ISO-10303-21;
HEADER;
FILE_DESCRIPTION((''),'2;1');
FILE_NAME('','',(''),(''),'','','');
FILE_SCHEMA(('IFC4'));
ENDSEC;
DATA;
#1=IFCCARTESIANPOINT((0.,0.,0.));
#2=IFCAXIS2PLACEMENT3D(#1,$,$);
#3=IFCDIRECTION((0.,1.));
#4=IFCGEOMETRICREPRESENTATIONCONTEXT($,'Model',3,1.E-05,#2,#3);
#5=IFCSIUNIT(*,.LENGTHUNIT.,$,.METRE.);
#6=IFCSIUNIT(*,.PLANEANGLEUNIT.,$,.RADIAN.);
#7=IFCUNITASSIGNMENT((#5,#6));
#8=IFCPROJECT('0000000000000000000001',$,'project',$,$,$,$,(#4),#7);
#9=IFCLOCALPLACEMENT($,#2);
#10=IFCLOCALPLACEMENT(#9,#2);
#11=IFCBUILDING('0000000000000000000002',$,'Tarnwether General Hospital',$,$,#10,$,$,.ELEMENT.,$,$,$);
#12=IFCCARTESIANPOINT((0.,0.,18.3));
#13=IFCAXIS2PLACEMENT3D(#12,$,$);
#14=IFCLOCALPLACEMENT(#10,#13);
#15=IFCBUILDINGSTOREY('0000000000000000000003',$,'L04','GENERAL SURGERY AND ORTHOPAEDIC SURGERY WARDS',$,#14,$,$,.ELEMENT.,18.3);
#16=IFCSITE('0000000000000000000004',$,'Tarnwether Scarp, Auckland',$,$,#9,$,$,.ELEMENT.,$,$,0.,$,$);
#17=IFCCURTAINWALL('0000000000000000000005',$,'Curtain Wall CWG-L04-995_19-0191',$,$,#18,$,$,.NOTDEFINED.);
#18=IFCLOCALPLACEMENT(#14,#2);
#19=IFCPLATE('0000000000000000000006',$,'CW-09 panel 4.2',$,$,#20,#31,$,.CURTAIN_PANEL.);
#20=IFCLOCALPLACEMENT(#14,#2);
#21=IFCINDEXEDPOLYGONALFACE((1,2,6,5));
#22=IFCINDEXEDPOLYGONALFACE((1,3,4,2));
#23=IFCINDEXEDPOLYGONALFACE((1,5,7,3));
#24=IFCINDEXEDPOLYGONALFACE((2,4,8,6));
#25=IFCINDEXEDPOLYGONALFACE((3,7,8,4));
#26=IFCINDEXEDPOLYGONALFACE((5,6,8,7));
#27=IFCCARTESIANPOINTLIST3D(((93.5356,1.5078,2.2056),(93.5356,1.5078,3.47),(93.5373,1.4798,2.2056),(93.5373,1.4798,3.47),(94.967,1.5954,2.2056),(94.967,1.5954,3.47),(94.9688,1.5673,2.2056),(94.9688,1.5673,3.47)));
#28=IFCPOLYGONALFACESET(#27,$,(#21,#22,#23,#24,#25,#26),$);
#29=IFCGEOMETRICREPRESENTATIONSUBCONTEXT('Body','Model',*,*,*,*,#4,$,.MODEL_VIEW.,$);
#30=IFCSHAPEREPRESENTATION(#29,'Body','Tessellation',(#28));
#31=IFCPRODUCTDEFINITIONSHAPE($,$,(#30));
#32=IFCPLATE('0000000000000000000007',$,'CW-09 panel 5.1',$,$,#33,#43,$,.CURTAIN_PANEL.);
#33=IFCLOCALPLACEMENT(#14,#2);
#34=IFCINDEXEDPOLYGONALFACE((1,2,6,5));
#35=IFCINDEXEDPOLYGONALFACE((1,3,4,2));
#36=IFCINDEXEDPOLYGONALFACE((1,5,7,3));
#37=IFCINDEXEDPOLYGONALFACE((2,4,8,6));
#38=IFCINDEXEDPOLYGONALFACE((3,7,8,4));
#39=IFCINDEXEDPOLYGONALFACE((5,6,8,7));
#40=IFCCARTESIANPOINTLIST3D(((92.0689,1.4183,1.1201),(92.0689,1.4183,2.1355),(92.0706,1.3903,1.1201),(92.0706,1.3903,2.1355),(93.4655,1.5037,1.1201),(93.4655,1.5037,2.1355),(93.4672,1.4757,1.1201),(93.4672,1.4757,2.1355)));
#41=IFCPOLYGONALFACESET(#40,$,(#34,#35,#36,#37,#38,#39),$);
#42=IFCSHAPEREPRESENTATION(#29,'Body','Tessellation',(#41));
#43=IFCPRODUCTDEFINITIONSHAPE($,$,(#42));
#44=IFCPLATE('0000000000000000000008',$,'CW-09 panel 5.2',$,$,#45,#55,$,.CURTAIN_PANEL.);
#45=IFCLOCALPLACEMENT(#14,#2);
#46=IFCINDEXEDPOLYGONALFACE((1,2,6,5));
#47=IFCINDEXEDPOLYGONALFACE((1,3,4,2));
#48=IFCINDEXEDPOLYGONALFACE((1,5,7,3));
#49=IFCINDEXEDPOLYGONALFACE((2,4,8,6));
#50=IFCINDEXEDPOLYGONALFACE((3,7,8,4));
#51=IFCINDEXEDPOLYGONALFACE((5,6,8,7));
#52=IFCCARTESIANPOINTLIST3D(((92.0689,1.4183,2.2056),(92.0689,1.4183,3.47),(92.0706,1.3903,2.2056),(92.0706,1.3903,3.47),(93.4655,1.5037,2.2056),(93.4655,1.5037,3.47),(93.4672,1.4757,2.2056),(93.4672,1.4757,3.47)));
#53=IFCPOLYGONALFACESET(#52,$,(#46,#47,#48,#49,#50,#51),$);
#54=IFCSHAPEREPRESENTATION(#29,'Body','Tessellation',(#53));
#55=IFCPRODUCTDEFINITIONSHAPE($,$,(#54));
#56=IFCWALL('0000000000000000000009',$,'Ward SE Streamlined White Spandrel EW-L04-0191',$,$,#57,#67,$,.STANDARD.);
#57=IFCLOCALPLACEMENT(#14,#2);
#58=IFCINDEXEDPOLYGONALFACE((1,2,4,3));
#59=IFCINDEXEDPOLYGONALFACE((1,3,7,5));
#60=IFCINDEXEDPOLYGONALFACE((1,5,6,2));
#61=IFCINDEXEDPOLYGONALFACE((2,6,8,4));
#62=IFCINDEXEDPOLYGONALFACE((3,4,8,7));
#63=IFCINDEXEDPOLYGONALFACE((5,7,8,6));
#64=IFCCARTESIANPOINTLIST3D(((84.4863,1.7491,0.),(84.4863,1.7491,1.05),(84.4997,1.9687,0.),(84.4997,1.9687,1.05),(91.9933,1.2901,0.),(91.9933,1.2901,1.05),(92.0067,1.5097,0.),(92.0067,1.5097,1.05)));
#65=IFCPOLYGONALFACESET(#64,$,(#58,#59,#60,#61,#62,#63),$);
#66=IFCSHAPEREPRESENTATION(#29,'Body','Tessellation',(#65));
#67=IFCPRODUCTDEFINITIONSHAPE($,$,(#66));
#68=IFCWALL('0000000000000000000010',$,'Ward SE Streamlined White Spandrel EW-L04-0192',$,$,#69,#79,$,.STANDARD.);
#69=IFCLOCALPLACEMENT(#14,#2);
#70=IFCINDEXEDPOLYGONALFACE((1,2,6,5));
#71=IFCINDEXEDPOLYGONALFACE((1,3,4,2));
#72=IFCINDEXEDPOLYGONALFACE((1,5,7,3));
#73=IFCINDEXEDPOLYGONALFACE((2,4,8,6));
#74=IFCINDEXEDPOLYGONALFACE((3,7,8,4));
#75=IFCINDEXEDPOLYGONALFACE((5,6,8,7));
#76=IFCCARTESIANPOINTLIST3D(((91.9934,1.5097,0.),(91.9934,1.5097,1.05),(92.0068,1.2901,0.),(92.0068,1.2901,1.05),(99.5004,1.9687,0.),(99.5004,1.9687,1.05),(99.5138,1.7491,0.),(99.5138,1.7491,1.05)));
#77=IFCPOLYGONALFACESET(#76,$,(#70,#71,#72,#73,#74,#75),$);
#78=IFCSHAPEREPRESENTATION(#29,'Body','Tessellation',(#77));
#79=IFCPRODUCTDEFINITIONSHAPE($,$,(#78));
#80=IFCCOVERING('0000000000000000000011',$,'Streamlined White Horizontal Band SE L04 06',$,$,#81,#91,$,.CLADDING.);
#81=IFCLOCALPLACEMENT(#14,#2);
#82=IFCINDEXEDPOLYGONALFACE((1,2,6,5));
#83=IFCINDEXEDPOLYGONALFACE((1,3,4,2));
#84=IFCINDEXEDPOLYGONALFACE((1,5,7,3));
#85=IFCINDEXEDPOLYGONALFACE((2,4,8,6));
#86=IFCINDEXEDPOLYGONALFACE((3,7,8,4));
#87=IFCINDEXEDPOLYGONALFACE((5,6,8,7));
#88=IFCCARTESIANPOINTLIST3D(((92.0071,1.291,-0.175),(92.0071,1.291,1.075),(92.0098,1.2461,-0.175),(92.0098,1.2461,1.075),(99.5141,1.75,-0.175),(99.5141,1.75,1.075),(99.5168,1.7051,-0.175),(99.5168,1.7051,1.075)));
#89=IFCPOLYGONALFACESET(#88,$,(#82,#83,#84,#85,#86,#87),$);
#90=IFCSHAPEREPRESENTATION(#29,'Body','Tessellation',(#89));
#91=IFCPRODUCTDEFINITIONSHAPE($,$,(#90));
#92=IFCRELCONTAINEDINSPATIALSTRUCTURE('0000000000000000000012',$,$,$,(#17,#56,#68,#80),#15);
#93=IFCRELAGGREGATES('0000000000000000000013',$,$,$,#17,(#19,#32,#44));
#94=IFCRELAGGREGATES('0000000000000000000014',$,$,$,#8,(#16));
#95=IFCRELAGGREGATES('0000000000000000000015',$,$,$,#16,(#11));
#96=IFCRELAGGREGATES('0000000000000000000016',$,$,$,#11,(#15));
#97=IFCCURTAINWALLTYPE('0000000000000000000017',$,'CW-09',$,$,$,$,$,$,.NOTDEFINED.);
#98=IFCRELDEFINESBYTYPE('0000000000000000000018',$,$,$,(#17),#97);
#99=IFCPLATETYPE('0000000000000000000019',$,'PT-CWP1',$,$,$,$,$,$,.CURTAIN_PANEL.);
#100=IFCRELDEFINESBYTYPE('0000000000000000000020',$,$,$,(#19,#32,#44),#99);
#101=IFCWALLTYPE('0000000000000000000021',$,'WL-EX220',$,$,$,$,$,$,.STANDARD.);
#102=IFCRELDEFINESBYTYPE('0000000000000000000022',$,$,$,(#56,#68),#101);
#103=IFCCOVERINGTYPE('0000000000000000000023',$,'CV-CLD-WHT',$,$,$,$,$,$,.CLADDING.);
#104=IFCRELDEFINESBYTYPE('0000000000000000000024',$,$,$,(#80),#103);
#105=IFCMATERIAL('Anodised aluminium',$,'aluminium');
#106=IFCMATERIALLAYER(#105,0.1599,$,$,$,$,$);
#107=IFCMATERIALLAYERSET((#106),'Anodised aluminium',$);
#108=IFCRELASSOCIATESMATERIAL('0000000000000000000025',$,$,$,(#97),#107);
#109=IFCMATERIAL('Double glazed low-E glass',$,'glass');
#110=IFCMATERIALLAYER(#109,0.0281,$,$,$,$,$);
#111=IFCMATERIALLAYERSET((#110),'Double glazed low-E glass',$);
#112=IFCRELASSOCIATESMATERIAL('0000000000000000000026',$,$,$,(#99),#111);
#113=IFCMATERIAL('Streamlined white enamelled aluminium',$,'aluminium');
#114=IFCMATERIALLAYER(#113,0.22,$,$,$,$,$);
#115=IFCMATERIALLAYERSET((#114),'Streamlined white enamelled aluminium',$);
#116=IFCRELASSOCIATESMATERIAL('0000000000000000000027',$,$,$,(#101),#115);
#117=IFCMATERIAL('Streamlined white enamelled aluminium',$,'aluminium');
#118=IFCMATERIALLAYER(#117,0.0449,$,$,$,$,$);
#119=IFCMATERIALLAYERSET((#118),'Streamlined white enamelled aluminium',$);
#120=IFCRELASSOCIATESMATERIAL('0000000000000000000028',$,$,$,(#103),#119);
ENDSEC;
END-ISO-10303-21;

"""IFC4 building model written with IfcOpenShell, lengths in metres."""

from ifc_helpers import new_model, si_unit, direction, frame, frame_2d, origin, origin_2d, place, context, subcontext, project, spatial, rectangle, extrude, material, layer, layer_set, type_object, element, aggregate, save


model = new_model("IFC4")

# Units and contexts
model_context = context("Model", 3, precision=1e-05, world=origin(), true_north=direction((0.0, 1.0)))
body_context = subcontext(model_context, "Body", "Model", "MODEL_VIEW")
ifc_project = project(units=[si_unit("LENGTHUNIT", "METRE"), si_unit("PLANEANGLEUNIT", "RADIAN")], contexts=[model_context])

# Site, building, storey
site_placement = place(None, origin())
site = spatial("IfcSite", under=ifc_project, at=site_placement, Name="Tarnwether Scarp, Auckland", CompositionType="ELEMENT", RefElevation=0.0)
building_placement = place(site_placement, origin())
building = spatial("IfcBuilding", under=site, at=building_placement, Name="Tarnwether General Hospital", CompositionType="ELEMENT")
storey_placement = place(building_placement, frame((0.0, 0.0, 18.3)))
storey = spatial("IfcBuildingStorey", under=building, at=storey_placement, Name="L04", Description="GENERAL SURGERY AND ORTHOPAEDIC SURGERY WARDS", CompositionType="ELEMENT", Elevation=18.3)

# Curtain wall, plates
ifc_material_1 = material(Name="Anodised aluminium", Category="aluminium")
ifc_layer_1 = layer(ifc_material_1, 0.1599)
ifc_layer_set_1 = layer_set([ifc_layer_1], Name="Anodised aluminium")
curtain_wall_type = type_object("IfcCurtainWallType", Name="CW-09", PredefinedType="NOTDEFINED", material=ifc_layer_set_1)
curtain_wall_placement = place(storey_placement, origin())
curtain_wall = element("IfcCurtainWall", 1, at=curtain_wall_placement, inside=storey, type_object=curtain_wall_type, Name="Curtain Wall CWG-L04-995_19-0191", PredefinedType="NOTDEFINED")
ifc_material_2 = material(Name="Double glazed low-E glass", Category="glass")
ifc_layer_2 = layer(ifc_material_2, 0.0281)
ifc_layer_set_2 = layer_set([ifc_layer_2], Name="Double glazed low-E glass")
plate_type = type_object("IfcPlateType", Name="PT-CWP1", PredefinedType="CURTAIN_PANEL", material=ifc_layer_set_2)
plate_1_placement = place(storey_placement, frame((94.2522, 1.5376, 2.2056), z_axis=(0.0, 0.0, 1.0), x_axis=(-0.998136, -0.061029, 0.0)))
plate_1 = element("IfcPlate", 2, at=plate_1_placement, type_object=plate_type, Name="CW-09 panel 4.2", PredefinedType="CURTAIN_PANEL", context=body_context, shape_type="SweptSolid", body=[
    extrude(rectangle(XDim=1.4341, YDim=0.0281, at=origin_2d()), origin(), (0.0, 0.0, 1.0), 1.2644),
])
plate_2_placement = place(storey_placement, frame((92.7681, 1.447, 1.1201), z_axis=(0.0, 0.0, 1.0), x_axis=(-0.998136, -0.061029, 0.0)))
plate_2 = element("IfcPlate", 3, at=plate_2_placement, type_object=plate_type, Name="CW-09 panel 5.1", PredefinedType="CURTAIN_PANEL", context=body_context, shape_type="SweptSolid", body=[
    extrude(rectangle(XDim=1.3992, YDim=0.0281, at=origin_2d()), origin(), (0.0, 0.0, 1.0), 1.0154),
])
plate_3_placement = place(storey_placement, frame((92.7681, 1.447, 2.2056), z_axis=(0.0, 0.0, 1.0), x_axis=(-0.998136, -0.061029, 0.0)))
plate_3 = element("IfcPlate", 4, at=plate_3_placement, type_object=plate_type, Name="CW-09 panel 5.2", PredefinedType="CURTAIN_PANEL", context=body_context, shape_type="SweptSolid", body=[
    extrude(rectangle(XDim=1.3992, YDim=0.0281, at=origin_2d()), origin(), (0.0, 0.0, 1.0), 1.2644),
])
aggregate(curtain_wall, [plate_1, plate_2, plate_3])

# Walls
ifc_material_3 = material(Name="Streamlined white enamelled aluminium", Category="aluminium")
ifc_layer_3 = layer(ifc_material_3, 0.22)
ifc_layer_set_3 = layer_set([ifc_layer_3], Name="Streamlined white enamelled aluminium")
wall_type = type_object("IfcWallType", Name="WL-EX220", PredefinedType="STANDARD", material=ifc_layer_set_3)
for number, where, z_axis, x_axis, name in (
    (5, (92.0, 1.3999, 0.0), (0.0, 0.0, 1.0), (-0.998136, 0.061026, 0.0), "Ward SE Streamlined White Spandrel EW-L04-0191"),
    (6, (99.5071, 1.8589, 0.0), (0.0, 0.0, 1.0), (-0.998136, -0.061026, 0.0), "Ward SE Streamlined White Spandrel EW-L04-0192"),
):
    element("IfcWall", number, at=place(storey_placement, frame(where, z_axis=z_axis, x_axis=x_axis)), inside=storey, type_object=wall_type, Name=name, PredefinedType="STANDARD", context=body_context, shape_type="SweptSolid", body=[
        extrude(rectangle(XDim=7.521, YDim=0.22, at=frame_2d((3.7605, 0.0))), origin(), (0.0, 0.0, 1.0), 1.05),
    ])

# Covering
ifc_material_4 = material(Name="Streamlined white enamelled aluminium", Category="aluminium")
ifc_layer_4 = layer(ifc_material_4, 0.0449)
ifc_layer_set_4 = layer_set([ifc_layer_4], Name="Streamlined white enamelled aluminium")
covering_type = type_object("IfcCoveringType", Name="CV-CLD-WHT", PredefinedType="CLADDING", material=ifc_layer_set_4)
covering_placement = place(storey_placement, frame((95.762, 1.498, -0.175), z_axis=(0.0, 0.0, 1.0), x_axis=(-0.998136, -0.061031, 0.0)))
element("IfcCovering", 7, at=covering_placement, inside=storey, type_object=covering_type, Name="Streamlined White Horizontal Band SE L04 06", PredefinedType="CLADDING", context=body_context, shape_type="SweptSolid", body=[
    extrude(rectangle(XDim=7.521, YDim=0.0449, at=origin_2d()), origin(), (0.0, 0.0, 1.0), 1.25),
])

save(model, "model.ifc")
